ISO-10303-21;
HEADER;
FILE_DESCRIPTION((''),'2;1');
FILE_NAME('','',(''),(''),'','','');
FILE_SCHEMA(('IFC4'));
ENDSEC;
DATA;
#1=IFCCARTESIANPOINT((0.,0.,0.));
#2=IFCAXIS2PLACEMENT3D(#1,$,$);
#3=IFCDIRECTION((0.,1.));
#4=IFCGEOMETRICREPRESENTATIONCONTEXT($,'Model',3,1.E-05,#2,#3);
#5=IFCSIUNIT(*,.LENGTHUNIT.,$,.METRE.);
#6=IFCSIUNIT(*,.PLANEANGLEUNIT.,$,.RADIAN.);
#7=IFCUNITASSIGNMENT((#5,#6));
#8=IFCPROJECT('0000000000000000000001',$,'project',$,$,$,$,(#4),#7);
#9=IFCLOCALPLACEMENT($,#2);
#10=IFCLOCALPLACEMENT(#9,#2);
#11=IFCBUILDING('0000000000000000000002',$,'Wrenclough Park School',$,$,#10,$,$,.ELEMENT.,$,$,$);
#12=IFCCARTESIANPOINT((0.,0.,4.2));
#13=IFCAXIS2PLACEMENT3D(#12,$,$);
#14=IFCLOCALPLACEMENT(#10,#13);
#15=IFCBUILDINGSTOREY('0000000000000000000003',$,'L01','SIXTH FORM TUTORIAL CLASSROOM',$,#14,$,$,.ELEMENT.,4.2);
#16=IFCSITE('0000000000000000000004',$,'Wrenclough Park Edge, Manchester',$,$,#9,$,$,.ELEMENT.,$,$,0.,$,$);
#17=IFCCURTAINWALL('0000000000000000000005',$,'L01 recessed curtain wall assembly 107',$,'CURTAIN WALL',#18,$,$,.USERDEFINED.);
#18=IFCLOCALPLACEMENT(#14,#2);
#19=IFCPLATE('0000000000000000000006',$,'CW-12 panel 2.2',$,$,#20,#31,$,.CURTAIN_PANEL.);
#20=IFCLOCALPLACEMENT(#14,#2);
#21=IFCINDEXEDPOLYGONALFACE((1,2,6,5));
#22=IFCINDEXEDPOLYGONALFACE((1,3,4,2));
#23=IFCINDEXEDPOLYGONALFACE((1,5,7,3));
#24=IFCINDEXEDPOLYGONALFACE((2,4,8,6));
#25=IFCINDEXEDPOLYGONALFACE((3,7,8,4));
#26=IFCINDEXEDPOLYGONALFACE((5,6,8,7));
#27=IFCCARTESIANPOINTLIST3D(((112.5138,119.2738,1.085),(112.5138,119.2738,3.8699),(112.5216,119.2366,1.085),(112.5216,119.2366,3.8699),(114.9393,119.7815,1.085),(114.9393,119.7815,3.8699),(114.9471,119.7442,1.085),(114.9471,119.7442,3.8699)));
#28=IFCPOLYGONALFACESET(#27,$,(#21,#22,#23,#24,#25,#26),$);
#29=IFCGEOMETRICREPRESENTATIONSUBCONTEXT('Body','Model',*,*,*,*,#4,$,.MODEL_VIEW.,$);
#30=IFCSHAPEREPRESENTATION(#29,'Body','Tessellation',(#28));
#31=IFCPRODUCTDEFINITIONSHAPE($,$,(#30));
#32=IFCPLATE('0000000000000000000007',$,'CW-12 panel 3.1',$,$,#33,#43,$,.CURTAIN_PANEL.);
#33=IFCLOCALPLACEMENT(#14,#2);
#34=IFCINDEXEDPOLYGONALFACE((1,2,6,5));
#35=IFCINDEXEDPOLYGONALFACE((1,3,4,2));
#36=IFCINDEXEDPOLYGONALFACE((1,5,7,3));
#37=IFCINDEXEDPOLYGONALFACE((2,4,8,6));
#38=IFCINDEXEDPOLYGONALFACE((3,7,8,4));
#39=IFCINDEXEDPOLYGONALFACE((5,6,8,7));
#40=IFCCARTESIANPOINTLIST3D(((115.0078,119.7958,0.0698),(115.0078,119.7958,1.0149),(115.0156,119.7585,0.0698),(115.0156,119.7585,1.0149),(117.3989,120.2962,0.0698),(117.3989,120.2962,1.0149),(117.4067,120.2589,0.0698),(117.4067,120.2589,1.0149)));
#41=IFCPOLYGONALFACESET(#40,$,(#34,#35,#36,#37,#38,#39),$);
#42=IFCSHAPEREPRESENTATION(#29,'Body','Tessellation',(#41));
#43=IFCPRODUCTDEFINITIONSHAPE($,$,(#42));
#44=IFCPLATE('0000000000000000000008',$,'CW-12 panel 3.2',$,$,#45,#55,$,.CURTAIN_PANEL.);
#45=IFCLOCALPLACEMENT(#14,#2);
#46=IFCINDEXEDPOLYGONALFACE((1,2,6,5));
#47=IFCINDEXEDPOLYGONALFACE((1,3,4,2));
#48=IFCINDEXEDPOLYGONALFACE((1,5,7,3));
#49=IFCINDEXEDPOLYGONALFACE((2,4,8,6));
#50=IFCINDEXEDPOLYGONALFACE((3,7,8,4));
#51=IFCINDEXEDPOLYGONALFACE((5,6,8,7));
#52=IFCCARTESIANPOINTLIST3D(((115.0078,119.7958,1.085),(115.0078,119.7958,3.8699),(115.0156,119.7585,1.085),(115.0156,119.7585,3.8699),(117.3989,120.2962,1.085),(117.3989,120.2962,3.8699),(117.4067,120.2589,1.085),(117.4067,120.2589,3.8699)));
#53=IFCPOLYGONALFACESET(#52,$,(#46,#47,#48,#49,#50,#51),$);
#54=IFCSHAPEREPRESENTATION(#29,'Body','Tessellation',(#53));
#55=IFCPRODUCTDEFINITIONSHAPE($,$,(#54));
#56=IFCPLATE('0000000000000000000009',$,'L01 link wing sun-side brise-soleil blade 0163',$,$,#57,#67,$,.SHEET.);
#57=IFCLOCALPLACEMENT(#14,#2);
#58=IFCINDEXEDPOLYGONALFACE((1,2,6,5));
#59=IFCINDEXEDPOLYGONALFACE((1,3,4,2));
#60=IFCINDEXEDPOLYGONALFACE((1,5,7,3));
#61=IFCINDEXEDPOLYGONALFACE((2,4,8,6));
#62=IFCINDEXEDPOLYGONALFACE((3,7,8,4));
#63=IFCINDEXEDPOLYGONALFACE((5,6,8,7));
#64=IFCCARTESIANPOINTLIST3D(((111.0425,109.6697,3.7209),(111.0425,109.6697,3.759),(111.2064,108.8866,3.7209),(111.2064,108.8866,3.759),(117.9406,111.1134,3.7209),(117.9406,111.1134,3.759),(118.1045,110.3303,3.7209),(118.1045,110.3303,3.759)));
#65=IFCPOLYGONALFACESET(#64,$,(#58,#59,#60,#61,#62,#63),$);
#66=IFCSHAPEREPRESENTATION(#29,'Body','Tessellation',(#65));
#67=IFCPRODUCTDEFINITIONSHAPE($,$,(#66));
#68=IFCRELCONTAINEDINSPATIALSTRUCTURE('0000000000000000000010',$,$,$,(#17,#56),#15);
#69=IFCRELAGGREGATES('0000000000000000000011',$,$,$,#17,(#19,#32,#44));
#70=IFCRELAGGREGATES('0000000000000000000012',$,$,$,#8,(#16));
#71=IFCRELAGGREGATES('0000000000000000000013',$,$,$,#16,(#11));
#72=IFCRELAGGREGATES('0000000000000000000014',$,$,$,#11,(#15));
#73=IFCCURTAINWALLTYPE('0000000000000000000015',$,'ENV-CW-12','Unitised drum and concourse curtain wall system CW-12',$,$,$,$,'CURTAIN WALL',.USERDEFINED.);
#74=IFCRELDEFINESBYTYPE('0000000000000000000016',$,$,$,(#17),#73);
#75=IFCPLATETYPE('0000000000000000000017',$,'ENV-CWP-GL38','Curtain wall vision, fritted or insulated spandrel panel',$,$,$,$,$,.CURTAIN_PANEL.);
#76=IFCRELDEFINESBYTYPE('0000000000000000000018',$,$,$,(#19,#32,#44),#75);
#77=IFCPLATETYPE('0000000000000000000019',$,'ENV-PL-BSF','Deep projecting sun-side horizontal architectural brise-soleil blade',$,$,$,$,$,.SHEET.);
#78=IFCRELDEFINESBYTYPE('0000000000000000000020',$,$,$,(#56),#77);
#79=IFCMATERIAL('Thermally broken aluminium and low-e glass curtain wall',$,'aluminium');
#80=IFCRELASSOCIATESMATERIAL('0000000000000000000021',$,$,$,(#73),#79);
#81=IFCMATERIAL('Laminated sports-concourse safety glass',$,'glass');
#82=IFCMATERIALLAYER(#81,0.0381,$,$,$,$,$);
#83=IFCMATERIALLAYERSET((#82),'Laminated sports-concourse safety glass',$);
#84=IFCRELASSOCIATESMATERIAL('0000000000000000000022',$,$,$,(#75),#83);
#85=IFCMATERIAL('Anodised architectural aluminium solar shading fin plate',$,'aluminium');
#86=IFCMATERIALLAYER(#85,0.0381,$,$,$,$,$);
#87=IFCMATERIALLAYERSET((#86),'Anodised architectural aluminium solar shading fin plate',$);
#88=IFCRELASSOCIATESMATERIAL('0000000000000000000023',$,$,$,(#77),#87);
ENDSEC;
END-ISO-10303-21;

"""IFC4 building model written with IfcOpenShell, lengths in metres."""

from ifc_helpers import new_model, si_unit, direction, frame, origin, origin_2d, place, context, subcontext, project, spatial, rectangle, extrude, material, layer, layer_set, type_object, element, aggregate, save


model = new_model("IFC4")

# Units and contexts
model_context = context("Model", 3, precision=1e-05, world=origin(), true_north=direction((0.0, 1.0)))
body_context = subcontext(model_context, "Body", "Model", "MODEL_VIEW")
ifc_project = project(units=[si_unit("LENGTHUNIT", "METRE"), si_unit("PLANEANGLEUNIT", "RADIAN")], contexts=[model_context])

# Site, building, storey
site_placement = place(None, origin())
site = spatial("IfcSite", under=ifc_project, at=site_placement, Name="Wrenclough Park Edge, Manchester", CompositionType="ELEMENT", RefElevation=0.0)
building_placement = place(site_placement, origin())
building = spatial("IfcBuilding", under=site, at=building_placement, Name="Wrenclough Park School", CompositionType="ELEMENT")
storey_placement = place(building_placement, frame((0.0, 0.0, 4.2)))
storey = spatial("IfcBuildingStorey", under=building, at=storey_placement, Name="L01", Description="SIXTH FORM TUTORIAL CLASSROOM", CompositionType="ELEMENT", Elevation=4.2)

# Shared definitions
ifc_material_1 = material(Name="Thermally broken aluminium and low-e glass curtain wall", Category="aluminium")

# Curtain wall
curtain_wall_type_1 = type_object("IfcCurtainWallType", Name="ENV-CW-12", Description="Unitised drum and concourse curtain wall system CW-12", ElementType="CURTAIN WALL", PredefinedType="USERDEFINED", material=ifc_material_1)
curtain_wall_1_placement = place(storey_placement, origin())
curtain_wall_1 = element("IfcCurtainWall", 1, at=curtain_wall_1_placement, inside=storey, type_object=curtain_wall_type_1, Name="L01 recessed curtain wall assembly 107", ObjectType="CURTAIN WALL", PredefinedType="USERDEFINED")

# Plates
ifc_material_2 = material(Name="Laminated sports-concourse safety glass", Category="glass")
ifc_layer_1 = layer(ifc_material_2, 0.0381)
ifc_layer_set_1 = layer_set([ifc_layer_1], Name="Laminated sports-concourse safety glass")
plate_type_1 = type_object("IfcPlateType", Name="ENV-CWP-GL38", Description="Curtain wall vision, fritted or insulated spandrel panel", PredefinedType="CURTAIN_PANEL", material=ifc_layer_set_1)
plate_1_placement = place(storey_placement, frame((113.7305, 119.509, 1.085), z_axis=(0.0, 0.0, 1.0), x_axis=(0.978792, 0.204858, 0.0)))
plate_1 = element("IfcPlate", 2, at=plate_1_placement, type_object=plate_type_1, Name="CW-12 panel 2.2", PredefinedType="CURTAIN_PANEL", context=body_context, shape_type="SweptSolid", body=[
    extrude(rectangle(XDim=2.478, YDim=0.0381, at=origin_2d()), origin(), (0.0, 0.0, 1.0), 2.7849),
])
plate_2_placement = place(storey_placement, frame((116.2073, 120.0273, 0.0698), z_axis=(0.0, 0.0, 1.0), x_axis=(0.978792, 0.204858, 0.0)))
plate_2 = element("IfcPlate", 3, at=plate_2_placement, type_object=plate_type_1, Name="CW-12 panel 3.1", PredefinedType="CURTAIN_PANEL", context=body_context, shape_type="SweptSolid", body=[
    extrude(rectangle(XDim=2.4429, YDim=0.0381, at=origin_2d()), origin(), (0.0, 0.0, 1.0), 0.9451),
])
plate_3_placement = place(storey_placement, frame((116.2073, 120.0273, 1.085), z_axis=(0.0, 0.0, 1.0), x_axis=(0.978792, 0.204858, 0.0)))
plate_3 = element("IfcPlate", 4, at=plate_3_placement, type_object=plate_type_1, Name="CW-12 panel 3.2", PredefinedType="CURTAIN_PANEL", context=body_context, shape_type="SweptSolid", body=[
    extrude(rectangle(XDim=2.4429, YDim=0.0381, at=origin_2d()), origin(), (0.0, 0.0, 1.0), 2.7849),
])
aggregate(curtain_wall_1, [plate_1, plate_2, plate_3])
ifc_material_3 = material(Name="Anodised architectural aluminium solar shading fin plate", Category="aluminium")
ifc_layer_2 = layer(ifc_material_3, 0.0381)
ifc_layer_set_2 = layer_set([ifc_layer_2], Name="Anodised architectural aluminium solar shading fin plate")
plate_type_2 = type_object("IfcPlateType", Name="ENV-PL-BSF", Description="Deep projecting sun-side horizontal architectural brise-soleil blade", PredefinedType="SHEET", material=ifc_layer_set_2)
plate_4_placement = place(storey_placement, frame((114.5735, 110.0, 3.7209), z_axis=(0.0, 0.0, 1.0), x_axis=(-0.978793, -0.204854, 0.0)))
element("IfcPlate", 5, at=plate_4_placement, inside=storey, type_object=plate_type_2, Name="L01 link wing sun-side brise-soleil blade 0163", PredefinedType="SHEET", context=body_context, shape_type="SweptSolid", body=[
    extrude(rectangle(XDim=7.0476, YDim=0.8, at=origin_2d()), origin(), (0.0, 0.0, 1.0), 0.0381),
])

save(model, "model.ifc")
